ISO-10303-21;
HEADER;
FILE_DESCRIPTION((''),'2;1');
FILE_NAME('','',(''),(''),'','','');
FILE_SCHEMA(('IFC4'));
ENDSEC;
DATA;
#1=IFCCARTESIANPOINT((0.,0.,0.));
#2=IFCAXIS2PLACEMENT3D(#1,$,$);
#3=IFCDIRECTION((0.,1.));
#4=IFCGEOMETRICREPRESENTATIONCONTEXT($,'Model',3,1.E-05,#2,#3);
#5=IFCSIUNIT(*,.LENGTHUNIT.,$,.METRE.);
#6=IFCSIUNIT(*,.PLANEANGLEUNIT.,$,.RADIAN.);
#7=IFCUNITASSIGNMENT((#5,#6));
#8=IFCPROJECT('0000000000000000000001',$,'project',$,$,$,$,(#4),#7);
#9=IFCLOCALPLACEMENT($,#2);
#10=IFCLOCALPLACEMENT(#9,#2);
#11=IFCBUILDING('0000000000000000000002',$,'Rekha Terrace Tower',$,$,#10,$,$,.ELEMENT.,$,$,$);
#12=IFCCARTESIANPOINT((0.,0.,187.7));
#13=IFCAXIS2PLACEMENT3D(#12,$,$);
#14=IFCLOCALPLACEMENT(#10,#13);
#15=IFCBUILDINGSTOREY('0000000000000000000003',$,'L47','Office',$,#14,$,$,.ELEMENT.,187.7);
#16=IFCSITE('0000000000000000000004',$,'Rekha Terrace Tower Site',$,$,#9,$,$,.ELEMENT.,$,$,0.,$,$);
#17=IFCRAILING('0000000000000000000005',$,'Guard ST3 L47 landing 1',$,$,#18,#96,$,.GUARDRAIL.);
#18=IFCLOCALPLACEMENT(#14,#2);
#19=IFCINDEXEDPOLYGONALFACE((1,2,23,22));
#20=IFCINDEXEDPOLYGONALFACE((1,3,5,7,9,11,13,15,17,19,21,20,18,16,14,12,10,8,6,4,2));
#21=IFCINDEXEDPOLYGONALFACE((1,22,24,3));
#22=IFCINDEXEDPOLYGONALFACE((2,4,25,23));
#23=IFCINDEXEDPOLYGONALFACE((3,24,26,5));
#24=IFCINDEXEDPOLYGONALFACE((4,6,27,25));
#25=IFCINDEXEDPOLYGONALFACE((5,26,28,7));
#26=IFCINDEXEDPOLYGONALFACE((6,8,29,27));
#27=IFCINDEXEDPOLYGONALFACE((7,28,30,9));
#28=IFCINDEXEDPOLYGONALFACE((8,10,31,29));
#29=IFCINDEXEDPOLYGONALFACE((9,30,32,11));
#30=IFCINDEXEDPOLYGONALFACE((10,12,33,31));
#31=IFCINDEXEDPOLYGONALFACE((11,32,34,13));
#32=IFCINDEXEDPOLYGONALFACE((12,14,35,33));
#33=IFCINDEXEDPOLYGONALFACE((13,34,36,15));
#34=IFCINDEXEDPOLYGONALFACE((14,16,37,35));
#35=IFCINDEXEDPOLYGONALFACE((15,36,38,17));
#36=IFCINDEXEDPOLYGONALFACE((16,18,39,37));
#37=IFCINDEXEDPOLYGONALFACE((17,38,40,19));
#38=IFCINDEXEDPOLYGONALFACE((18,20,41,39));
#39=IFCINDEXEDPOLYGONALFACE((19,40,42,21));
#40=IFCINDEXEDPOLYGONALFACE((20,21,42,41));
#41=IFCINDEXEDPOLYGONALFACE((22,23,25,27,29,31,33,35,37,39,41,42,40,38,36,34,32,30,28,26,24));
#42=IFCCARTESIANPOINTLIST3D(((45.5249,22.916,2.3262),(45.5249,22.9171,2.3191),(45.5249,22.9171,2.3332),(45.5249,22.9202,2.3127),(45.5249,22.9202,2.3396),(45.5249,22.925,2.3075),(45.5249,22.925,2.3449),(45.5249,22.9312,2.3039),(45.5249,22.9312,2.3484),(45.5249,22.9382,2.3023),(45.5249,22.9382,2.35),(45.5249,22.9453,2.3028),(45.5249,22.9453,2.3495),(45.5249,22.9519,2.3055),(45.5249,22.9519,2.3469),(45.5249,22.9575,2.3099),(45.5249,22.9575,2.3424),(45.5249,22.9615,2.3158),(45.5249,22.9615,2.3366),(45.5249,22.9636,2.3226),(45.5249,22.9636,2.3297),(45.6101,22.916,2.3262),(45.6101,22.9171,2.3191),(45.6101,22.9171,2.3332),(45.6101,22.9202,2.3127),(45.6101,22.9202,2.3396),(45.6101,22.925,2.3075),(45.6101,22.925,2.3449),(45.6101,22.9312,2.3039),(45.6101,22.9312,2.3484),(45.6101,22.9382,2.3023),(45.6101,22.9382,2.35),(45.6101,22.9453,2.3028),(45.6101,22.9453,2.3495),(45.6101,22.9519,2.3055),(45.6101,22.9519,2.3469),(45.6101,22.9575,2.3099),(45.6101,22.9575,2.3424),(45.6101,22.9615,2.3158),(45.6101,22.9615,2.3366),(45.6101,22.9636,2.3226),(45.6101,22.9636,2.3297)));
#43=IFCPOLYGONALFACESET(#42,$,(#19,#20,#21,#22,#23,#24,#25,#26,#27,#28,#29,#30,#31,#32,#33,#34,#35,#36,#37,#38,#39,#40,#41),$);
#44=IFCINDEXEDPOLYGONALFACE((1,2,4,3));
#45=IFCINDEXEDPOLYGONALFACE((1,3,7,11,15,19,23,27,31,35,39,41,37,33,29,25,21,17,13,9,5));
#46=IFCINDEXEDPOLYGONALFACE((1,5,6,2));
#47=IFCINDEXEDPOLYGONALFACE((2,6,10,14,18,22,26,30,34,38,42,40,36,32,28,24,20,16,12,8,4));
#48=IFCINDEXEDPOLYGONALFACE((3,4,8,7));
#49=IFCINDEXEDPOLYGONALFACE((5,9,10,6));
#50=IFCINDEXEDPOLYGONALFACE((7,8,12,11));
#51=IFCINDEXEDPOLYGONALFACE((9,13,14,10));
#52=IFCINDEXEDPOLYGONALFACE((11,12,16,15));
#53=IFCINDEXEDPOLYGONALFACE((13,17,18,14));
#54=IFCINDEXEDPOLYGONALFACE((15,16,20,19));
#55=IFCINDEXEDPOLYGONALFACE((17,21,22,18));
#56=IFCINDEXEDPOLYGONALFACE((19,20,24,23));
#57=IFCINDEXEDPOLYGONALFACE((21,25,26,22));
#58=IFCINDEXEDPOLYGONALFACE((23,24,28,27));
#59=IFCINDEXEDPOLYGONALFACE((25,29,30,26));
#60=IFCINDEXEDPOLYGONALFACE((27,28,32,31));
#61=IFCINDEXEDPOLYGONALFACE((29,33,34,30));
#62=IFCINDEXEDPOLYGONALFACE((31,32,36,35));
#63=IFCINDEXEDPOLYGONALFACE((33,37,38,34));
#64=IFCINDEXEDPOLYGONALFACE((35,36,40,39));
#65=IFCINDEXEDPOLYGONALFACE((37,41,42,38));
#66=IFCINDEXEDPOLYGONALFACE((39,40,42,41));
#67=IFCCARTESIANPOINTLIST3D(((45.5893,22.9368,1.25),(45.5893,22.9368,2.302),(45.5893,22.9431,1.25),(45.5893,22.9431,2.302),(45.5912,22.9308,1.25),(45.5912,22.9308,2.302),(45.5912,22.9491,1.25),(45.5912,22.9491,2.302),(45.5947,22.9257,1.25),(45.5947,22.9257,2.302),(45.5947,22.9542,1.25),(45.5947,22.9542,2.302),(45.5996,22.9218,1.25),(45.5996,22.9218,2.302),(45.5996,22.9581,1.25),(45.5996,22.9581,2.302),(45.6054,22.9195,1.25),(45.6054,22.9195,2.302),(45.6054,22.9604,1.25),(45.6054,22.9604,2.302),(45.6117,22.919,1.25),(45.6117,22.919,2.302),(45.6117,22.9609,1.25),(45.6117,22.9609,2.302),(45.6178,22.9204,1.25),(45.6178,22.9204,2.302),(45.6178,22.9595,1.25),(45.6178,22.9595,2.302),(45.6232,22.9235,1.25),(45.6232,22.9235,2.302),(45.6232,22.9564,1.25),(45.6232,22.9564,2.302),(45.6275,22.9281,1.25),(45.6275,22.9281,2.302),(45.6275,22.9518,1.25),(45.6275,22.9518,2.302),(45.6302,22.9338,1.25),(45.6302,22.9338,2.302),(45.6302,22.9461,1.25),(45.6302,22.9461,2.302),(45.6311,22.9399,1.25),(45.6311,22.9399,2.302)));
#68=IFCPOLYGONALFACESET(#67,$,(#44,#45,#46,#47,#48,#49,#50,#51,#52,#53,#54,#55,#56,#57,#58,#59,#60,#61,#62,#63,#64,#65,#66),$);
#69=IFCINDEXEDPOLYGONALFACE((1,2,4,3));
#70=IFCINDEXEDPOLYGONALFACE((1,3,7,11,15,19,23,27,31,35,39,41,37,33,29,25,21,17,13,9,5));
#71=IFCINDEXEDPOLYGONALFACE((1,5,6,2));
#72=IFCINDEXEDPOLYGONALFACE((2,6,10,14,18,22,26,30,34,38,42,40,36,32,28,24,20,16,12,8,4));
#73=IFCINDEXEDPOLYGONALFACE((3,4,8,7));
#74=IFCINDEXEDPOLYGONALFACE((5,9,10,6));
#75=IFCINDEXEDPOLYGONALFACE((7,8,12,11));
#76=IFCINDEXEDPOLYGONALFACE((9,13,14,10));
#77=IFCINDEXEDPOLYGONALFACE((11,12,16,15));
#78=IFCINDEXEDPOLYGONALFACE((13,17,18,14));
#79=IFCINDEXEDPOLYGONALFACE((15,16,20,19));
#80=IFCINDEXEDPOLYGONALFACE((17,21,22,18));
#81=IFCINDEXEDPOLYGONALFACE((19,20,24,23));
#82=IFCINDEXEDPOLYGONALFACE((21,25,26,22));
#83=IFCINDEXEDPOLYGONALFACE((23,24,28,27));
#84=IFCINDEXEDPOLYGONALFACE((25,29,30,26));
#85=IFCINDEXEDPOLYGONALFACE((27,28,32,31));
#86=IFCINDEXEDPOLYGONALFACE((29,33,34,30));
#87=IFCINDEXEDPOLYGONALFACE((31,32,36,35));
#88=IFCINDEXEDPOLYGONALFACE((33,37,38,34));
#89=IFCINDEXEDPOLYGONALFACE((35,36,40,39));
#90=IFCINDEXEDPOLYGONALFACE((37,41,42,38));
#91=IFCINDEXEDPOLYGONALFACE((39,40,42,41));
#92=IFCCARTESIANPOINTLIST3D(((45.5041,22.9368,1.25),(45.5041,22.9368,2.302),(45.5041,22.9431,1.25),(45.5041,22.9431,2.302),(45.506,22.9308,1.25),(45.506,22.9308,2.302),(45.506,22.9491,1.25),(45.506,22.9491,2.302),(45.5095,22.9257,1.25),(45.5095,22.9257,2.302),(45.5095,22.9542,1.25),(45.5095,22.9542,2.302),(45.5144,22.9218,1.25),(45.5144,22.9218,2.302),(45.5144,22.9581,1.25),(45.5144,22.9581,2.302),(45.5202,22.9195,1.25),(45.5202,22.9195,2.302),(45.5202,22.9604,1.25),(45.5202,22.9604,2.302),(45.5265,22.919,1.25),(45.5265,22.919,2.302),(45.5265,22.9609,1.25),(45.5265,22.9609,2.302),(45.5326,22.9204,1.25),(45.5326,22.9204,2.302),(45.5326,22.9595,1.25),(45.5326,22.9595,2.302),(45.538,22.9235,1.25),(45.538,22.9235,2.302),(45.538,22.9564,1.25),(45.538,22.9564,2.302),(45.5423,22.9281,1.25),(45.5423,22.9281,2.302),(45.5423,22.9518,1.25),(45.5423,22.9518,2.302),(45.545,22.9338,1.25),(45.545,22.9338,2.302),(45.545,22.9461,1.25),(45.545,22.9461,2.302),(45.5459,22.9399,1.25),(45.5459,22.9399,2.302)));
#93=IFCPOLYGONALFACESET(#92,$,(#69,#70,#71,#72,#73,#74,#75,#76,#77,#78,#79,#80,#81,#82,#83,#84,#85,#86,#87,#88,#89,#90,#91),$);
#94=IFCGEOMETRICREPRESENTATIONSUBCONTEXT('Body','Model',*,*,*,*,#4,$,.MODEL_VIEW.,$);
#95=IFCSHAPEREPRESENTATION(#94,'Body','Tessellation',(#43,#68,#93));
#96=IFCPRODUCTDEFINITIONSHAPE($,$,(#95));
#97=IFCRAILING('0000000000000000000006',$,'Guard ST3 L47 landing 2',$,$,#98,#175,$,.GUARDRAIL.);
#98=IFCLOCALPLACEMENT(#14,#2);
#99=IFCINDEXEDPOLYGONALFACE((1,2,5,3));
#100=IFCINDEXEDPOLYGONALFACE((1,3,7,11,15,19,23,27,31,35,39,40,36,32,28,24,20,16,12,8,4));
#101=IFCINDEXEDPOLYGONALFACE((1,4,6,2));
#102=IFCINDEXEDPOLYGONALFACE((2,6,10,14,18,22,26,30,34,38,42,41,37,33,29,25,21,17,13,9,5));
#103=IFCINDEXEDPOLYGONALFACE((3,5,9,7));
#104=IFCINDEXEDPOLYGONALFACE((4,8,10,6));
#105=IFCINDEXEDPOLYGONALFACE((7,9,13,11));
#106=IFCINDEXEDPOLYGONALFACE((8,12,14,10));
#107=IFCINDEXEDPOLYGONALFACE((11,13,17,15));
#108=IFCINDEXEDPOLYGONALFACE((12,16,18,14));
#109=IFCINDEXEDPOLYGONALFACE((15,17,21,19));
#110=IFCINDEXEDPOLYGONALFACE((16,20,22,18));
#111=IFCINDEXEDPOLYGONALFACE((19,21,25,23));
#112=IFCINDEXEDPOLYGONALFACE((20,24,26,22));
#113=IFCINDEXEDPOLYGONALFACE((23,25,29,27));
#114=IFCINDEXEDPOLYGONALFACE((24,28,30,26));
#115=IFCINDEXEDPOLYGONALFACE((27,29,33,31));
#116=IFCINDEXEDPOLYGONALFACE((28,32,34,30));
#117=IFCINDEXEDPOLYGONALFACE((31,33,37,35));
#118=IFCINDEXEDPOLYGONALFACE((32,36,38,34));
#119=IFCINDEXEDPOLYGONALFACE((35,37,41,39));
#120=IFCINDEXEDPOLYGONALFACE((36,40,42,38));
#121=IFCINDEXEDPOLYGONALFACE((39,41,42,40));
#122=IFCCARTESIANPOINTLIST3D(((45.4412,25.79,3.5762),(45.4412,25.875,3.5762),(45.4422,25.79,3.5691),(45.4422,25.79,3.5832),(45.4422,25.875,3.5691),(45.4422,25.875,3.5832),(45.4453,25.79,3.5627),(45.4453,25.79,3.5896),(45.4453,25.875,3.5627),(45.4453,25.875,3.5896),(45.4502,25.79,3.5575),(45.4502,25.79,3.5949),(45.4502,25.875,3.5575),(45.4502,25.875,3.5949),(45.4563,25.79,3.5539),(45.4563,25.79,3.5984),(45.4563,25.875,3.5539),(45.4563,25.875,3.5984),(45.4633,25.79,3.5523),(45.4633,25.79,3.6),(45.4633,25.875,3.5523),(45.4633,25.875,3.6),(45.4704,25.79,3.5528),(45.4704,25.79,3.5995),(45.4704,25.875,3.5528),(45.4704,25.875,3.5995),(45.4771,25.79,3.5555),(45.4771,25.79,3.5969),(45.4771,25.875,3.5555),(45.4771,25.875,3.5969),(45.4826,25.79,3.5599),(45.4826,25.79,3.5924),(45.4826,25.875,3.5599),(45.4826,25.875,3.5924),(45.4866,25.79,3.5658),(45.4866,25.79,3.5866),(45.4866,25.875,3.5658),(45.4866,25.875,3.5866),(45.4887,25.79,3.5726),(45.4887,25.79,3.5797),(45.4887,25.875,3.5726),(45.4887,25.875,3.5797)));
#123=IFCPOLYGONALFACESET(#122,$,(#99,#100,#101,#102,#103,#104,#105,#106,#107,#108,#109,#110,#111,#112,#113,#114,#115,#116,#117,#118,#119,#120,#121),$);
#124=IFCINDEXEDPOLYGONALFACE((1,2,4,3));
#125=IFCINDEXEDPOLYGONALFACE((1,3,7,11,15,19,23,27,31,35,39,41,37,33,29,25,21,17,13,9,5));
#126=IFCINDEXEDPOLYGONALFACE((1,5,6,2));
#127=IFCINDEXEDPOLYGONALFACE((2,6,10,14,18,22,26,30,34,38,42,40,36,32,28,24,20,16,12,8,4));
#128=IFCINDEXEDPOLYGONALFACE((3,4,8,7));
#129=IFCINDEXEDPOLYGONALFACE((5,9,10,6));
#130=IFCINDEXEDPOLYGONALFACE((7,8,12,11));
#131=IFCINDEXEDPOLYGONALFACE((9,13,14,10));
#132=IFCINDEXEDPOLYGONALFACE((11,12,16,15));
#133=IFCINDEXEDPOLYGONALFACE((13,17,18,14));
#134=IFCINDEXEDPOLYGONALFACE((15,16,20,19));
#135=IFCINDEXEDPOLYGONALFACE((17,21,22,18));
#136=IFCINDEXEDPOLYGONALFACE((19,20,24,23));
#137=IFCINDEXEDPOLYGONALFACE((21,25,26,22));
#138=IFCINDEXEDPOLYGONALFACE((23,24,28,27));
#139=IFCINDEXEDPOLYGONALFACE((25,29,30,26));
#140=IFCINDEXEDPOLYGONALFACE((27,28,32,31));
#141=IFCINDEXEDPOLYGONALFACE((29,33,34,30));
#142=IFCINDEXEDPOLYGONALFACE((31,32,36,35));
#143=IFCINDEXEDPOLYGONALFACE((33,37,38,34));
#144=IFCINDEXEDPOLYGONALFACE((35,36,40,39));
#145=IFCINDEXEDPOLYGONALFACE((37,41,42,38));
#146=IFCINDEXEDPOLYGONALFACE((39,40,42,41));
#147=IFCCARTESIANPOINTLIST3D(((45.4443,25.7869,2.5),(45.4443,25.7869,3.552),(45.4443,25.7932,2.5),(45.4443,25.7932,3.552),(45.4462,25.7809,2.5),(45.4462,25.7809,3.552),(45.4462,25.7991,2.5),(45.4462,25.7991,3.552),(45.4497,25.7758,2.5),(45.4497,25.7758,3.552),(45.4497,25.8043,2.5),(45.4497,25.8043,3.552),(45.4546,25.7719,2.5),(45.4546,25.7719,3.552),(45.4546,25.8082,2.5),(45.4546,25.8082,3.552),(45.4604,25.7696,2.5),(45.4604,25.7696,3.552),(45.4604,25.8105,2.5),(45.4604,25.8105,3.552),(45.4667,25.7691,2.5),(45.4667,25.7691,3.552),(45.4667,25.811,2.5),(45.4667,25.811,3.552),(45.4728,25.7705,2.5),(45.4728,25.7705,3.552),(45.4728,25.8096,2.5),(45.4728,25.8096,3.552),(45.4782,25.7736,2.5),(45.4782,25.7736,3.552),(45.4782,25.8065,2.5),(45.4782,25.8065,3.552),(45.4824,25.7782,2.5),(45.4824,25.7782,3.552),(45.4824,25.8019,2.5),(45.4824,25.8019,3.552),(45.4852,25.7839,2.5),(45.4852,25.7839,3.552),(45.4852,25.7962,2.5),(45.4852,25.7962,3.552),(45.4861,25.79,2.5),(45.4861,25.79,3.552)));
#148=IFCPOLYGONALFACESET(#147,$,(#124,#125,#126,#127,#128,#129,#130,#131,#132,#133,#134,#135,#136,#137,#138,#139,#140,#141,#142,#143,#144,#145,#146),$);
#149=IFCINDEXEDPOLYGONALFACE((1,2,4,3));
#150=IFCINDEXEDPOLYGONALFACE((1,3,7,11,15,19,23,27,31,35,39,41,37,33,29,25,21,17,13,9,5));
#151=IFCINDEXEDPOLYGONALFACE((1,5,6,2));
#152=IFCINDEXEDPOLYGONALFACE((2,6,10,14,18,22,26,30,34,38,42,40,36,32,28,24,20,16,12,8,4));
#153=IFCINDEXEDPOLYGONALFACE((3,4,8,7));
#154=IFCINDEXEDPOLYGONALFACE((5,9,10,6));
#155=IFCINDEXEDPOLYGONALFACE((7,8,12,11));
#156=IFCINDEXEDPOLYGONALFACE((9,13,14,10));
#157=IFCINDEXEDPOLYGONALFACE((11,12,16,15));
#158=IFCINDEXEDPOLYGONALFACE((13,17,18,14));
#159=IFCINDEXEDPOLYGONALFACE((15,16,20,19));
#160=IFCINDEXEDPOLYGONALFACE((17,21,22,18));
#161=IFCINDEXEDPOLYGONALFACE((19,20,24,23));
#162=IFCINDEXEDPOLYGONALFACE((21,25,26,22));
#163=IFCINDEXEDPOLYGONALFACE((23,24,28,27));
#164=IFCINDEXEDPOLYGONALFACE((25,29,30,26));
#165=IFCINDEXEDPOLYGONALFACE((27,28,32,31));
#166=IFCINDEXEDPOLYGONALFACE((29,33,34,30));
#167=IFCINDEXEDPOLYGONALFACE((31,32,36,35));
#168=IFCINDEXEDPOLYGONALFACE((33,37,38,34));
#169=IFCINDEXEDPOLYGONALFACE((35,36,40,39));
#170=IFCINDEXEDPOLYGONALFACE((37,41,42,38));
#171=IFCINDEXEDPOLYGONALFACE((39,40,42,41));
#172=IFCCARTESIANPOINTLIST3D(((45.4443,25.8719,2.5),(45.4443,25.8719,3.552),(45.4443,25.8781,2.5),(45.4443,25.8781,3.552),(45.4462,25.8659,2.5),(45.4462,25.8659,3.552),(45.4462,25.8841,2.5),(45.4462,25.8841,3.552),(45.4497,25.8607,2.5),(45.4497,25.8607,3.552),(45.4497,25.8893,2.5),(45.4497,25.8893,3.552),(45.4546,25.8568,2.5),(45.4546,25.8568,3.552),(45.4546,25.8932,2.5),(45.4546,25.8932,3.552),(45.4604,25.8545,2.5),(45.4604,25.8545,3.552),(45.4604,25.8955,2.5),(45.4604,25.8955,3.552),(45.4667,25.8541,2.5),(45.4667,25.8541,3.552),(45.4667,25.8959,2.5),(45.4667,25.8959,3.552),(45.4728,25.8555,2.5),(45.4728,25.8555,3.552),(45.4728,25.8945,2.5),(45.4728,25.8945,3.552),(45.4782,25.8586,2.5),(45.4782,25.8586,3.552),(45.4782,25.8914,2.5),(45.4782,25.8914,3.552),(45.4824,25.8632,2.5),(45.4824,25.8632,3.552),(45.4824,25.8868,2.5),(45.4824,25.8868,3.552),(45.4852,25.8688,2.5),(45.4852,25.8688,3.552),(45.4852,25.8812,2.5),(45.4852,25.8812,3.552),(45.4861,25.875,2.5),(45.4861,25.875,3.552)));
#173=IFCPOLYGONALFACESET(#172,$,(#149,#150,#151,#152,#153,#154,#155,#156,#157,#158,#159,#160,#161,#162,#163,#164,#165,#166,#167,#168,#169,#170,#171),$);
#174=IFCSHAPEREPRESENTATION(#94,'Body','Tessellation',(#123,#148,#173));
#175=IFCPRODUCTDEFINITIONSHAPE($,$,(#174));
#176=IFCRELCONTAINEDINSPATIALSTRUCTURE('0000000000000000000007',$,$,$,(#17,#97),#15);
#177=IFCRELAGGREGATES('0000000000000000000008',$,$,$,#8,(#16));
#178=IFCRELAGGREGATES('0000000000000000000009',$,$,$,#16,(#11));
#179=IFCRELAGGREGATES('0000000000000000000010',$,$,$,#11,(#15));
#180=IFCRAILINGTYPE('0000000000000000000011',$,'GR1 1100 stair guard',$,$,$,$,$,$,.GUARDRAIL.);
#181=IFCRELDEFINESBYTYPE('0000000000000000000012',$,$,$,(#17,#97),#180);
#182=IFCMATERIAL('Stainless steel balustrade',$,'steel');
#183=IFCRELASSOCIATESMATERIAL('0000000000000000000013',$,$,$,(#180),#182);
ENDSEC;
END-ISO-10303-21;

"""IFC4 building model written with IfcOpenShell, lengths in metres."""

from ifc_helpers import new_model, si_unit, direction, frame, origin, origin_2d, place, context, subcontext, project, spatial, circle, extrude, material, type_object, element, save


model = new_model("IFC4")

# Units and contexts
model_context = context("Model", 3, precision=1e-05, world=origin(), true_north=direction((0.0, 1.0)))
body_context = subcontext(model_context, "Body", "Model", "MODEL_VIEW")
ifc_project = project(units=[si_unit("LENGTHUNIT", "METRE"), si_unit("PLANEANGLEUNIT", "RADIAN")], contexts=[model_context])

# Site, building, storey
site_placement = place(None, origin())
site = spatial("IfcSite", under=ifc_project, at=site_placement, Name="Rekha Terrace Tower Site", CompositionType="ELEMENT", RefElevation=0.0)
building_placement = place(site_placement, origin())
building = spatial("IfcBuilding", under=site, at=building_placement, Name="Rekha Terrace Tower", CompositionType="ELEMENT")
storey_placement = place(building_placement, frame((0.0, 0.0, 187.7)))
storey = spatial("IfcBuildingStorey", under=building, at=storey_placement, Name="L47", Description="Office", CompositionType="ELEMENT", Elevation=187.7)

# Railings
ifc_material_1 = material(Name="Stainless steel balustrade", Category="steel")
railing_type_1 = type_object("IfcRailingType", Name="GR1 1100 stair guard", PredefinedType="GUARDRAIL", material=ifc_material_1)
railing_1_placement = place(storey_placement, frame((45.6101, 22.9399, 1.25)))
element("IfcRailing", 1, at=railing_1_placement, inside=storey, type_object=railing_type_1, Name="Guard ST3 L47 landing 1", PredefinedType="GUARDRAIL", context=body_context, shape_type="SweptSolid", body=[
    extrude(circle(Radius=0.0239, at=origin_2d()), frame((0.0, 0.0, 1.0762), z_axis=(-1.0, 0.0, 0.0), x_axis=(0.0, -1.0, 0.0)), (0.0, 0.0, 1.0), 0.0852),
    extrude(circle(Radius=0.021, at=origin_2d()), origin(), (0.0, 0.0, 1.0), 1.052),
    extrude(circle(Radius=0.021, at=origin_2d()), frame((-0.0852, 0.0, 0.0)), (0.0, 0.0, 1.0), 1.052),
])
railing_2_placement = place(storey_placement, frame((45.4651, 25.79, 2.5)))
element("IfcRailing", 2, at=railing_2_placement, inside=storey, type_object=railing_type_1, Name="Guard ST3 L47 landing 2", PredefinedType="GUARDRAIL", context=body_context, shape_type="SweptSolid", body=[
    extrude(circle(Radius=0.0239, at=origin_2d()), frame((0.0, 0.0, 1.0762), z_axis=(0.0, 1.0, 0.0), x_axis=(-1.0, 0.0, 0.0)), (0.0, 0.0, 1.0), 0.085),
    extrude(circle(Radius=0.021, at=origin_2d()), origin(), (0.0, 0.0, 1.0), 1.052),
    extrude(circle(Radius=0.021, at=origin_2d()), frame((0.0, 0.085, 0.0)), (0.0, 0.0, 1.0), 1.052),
])

save(model, "model.ifc")
